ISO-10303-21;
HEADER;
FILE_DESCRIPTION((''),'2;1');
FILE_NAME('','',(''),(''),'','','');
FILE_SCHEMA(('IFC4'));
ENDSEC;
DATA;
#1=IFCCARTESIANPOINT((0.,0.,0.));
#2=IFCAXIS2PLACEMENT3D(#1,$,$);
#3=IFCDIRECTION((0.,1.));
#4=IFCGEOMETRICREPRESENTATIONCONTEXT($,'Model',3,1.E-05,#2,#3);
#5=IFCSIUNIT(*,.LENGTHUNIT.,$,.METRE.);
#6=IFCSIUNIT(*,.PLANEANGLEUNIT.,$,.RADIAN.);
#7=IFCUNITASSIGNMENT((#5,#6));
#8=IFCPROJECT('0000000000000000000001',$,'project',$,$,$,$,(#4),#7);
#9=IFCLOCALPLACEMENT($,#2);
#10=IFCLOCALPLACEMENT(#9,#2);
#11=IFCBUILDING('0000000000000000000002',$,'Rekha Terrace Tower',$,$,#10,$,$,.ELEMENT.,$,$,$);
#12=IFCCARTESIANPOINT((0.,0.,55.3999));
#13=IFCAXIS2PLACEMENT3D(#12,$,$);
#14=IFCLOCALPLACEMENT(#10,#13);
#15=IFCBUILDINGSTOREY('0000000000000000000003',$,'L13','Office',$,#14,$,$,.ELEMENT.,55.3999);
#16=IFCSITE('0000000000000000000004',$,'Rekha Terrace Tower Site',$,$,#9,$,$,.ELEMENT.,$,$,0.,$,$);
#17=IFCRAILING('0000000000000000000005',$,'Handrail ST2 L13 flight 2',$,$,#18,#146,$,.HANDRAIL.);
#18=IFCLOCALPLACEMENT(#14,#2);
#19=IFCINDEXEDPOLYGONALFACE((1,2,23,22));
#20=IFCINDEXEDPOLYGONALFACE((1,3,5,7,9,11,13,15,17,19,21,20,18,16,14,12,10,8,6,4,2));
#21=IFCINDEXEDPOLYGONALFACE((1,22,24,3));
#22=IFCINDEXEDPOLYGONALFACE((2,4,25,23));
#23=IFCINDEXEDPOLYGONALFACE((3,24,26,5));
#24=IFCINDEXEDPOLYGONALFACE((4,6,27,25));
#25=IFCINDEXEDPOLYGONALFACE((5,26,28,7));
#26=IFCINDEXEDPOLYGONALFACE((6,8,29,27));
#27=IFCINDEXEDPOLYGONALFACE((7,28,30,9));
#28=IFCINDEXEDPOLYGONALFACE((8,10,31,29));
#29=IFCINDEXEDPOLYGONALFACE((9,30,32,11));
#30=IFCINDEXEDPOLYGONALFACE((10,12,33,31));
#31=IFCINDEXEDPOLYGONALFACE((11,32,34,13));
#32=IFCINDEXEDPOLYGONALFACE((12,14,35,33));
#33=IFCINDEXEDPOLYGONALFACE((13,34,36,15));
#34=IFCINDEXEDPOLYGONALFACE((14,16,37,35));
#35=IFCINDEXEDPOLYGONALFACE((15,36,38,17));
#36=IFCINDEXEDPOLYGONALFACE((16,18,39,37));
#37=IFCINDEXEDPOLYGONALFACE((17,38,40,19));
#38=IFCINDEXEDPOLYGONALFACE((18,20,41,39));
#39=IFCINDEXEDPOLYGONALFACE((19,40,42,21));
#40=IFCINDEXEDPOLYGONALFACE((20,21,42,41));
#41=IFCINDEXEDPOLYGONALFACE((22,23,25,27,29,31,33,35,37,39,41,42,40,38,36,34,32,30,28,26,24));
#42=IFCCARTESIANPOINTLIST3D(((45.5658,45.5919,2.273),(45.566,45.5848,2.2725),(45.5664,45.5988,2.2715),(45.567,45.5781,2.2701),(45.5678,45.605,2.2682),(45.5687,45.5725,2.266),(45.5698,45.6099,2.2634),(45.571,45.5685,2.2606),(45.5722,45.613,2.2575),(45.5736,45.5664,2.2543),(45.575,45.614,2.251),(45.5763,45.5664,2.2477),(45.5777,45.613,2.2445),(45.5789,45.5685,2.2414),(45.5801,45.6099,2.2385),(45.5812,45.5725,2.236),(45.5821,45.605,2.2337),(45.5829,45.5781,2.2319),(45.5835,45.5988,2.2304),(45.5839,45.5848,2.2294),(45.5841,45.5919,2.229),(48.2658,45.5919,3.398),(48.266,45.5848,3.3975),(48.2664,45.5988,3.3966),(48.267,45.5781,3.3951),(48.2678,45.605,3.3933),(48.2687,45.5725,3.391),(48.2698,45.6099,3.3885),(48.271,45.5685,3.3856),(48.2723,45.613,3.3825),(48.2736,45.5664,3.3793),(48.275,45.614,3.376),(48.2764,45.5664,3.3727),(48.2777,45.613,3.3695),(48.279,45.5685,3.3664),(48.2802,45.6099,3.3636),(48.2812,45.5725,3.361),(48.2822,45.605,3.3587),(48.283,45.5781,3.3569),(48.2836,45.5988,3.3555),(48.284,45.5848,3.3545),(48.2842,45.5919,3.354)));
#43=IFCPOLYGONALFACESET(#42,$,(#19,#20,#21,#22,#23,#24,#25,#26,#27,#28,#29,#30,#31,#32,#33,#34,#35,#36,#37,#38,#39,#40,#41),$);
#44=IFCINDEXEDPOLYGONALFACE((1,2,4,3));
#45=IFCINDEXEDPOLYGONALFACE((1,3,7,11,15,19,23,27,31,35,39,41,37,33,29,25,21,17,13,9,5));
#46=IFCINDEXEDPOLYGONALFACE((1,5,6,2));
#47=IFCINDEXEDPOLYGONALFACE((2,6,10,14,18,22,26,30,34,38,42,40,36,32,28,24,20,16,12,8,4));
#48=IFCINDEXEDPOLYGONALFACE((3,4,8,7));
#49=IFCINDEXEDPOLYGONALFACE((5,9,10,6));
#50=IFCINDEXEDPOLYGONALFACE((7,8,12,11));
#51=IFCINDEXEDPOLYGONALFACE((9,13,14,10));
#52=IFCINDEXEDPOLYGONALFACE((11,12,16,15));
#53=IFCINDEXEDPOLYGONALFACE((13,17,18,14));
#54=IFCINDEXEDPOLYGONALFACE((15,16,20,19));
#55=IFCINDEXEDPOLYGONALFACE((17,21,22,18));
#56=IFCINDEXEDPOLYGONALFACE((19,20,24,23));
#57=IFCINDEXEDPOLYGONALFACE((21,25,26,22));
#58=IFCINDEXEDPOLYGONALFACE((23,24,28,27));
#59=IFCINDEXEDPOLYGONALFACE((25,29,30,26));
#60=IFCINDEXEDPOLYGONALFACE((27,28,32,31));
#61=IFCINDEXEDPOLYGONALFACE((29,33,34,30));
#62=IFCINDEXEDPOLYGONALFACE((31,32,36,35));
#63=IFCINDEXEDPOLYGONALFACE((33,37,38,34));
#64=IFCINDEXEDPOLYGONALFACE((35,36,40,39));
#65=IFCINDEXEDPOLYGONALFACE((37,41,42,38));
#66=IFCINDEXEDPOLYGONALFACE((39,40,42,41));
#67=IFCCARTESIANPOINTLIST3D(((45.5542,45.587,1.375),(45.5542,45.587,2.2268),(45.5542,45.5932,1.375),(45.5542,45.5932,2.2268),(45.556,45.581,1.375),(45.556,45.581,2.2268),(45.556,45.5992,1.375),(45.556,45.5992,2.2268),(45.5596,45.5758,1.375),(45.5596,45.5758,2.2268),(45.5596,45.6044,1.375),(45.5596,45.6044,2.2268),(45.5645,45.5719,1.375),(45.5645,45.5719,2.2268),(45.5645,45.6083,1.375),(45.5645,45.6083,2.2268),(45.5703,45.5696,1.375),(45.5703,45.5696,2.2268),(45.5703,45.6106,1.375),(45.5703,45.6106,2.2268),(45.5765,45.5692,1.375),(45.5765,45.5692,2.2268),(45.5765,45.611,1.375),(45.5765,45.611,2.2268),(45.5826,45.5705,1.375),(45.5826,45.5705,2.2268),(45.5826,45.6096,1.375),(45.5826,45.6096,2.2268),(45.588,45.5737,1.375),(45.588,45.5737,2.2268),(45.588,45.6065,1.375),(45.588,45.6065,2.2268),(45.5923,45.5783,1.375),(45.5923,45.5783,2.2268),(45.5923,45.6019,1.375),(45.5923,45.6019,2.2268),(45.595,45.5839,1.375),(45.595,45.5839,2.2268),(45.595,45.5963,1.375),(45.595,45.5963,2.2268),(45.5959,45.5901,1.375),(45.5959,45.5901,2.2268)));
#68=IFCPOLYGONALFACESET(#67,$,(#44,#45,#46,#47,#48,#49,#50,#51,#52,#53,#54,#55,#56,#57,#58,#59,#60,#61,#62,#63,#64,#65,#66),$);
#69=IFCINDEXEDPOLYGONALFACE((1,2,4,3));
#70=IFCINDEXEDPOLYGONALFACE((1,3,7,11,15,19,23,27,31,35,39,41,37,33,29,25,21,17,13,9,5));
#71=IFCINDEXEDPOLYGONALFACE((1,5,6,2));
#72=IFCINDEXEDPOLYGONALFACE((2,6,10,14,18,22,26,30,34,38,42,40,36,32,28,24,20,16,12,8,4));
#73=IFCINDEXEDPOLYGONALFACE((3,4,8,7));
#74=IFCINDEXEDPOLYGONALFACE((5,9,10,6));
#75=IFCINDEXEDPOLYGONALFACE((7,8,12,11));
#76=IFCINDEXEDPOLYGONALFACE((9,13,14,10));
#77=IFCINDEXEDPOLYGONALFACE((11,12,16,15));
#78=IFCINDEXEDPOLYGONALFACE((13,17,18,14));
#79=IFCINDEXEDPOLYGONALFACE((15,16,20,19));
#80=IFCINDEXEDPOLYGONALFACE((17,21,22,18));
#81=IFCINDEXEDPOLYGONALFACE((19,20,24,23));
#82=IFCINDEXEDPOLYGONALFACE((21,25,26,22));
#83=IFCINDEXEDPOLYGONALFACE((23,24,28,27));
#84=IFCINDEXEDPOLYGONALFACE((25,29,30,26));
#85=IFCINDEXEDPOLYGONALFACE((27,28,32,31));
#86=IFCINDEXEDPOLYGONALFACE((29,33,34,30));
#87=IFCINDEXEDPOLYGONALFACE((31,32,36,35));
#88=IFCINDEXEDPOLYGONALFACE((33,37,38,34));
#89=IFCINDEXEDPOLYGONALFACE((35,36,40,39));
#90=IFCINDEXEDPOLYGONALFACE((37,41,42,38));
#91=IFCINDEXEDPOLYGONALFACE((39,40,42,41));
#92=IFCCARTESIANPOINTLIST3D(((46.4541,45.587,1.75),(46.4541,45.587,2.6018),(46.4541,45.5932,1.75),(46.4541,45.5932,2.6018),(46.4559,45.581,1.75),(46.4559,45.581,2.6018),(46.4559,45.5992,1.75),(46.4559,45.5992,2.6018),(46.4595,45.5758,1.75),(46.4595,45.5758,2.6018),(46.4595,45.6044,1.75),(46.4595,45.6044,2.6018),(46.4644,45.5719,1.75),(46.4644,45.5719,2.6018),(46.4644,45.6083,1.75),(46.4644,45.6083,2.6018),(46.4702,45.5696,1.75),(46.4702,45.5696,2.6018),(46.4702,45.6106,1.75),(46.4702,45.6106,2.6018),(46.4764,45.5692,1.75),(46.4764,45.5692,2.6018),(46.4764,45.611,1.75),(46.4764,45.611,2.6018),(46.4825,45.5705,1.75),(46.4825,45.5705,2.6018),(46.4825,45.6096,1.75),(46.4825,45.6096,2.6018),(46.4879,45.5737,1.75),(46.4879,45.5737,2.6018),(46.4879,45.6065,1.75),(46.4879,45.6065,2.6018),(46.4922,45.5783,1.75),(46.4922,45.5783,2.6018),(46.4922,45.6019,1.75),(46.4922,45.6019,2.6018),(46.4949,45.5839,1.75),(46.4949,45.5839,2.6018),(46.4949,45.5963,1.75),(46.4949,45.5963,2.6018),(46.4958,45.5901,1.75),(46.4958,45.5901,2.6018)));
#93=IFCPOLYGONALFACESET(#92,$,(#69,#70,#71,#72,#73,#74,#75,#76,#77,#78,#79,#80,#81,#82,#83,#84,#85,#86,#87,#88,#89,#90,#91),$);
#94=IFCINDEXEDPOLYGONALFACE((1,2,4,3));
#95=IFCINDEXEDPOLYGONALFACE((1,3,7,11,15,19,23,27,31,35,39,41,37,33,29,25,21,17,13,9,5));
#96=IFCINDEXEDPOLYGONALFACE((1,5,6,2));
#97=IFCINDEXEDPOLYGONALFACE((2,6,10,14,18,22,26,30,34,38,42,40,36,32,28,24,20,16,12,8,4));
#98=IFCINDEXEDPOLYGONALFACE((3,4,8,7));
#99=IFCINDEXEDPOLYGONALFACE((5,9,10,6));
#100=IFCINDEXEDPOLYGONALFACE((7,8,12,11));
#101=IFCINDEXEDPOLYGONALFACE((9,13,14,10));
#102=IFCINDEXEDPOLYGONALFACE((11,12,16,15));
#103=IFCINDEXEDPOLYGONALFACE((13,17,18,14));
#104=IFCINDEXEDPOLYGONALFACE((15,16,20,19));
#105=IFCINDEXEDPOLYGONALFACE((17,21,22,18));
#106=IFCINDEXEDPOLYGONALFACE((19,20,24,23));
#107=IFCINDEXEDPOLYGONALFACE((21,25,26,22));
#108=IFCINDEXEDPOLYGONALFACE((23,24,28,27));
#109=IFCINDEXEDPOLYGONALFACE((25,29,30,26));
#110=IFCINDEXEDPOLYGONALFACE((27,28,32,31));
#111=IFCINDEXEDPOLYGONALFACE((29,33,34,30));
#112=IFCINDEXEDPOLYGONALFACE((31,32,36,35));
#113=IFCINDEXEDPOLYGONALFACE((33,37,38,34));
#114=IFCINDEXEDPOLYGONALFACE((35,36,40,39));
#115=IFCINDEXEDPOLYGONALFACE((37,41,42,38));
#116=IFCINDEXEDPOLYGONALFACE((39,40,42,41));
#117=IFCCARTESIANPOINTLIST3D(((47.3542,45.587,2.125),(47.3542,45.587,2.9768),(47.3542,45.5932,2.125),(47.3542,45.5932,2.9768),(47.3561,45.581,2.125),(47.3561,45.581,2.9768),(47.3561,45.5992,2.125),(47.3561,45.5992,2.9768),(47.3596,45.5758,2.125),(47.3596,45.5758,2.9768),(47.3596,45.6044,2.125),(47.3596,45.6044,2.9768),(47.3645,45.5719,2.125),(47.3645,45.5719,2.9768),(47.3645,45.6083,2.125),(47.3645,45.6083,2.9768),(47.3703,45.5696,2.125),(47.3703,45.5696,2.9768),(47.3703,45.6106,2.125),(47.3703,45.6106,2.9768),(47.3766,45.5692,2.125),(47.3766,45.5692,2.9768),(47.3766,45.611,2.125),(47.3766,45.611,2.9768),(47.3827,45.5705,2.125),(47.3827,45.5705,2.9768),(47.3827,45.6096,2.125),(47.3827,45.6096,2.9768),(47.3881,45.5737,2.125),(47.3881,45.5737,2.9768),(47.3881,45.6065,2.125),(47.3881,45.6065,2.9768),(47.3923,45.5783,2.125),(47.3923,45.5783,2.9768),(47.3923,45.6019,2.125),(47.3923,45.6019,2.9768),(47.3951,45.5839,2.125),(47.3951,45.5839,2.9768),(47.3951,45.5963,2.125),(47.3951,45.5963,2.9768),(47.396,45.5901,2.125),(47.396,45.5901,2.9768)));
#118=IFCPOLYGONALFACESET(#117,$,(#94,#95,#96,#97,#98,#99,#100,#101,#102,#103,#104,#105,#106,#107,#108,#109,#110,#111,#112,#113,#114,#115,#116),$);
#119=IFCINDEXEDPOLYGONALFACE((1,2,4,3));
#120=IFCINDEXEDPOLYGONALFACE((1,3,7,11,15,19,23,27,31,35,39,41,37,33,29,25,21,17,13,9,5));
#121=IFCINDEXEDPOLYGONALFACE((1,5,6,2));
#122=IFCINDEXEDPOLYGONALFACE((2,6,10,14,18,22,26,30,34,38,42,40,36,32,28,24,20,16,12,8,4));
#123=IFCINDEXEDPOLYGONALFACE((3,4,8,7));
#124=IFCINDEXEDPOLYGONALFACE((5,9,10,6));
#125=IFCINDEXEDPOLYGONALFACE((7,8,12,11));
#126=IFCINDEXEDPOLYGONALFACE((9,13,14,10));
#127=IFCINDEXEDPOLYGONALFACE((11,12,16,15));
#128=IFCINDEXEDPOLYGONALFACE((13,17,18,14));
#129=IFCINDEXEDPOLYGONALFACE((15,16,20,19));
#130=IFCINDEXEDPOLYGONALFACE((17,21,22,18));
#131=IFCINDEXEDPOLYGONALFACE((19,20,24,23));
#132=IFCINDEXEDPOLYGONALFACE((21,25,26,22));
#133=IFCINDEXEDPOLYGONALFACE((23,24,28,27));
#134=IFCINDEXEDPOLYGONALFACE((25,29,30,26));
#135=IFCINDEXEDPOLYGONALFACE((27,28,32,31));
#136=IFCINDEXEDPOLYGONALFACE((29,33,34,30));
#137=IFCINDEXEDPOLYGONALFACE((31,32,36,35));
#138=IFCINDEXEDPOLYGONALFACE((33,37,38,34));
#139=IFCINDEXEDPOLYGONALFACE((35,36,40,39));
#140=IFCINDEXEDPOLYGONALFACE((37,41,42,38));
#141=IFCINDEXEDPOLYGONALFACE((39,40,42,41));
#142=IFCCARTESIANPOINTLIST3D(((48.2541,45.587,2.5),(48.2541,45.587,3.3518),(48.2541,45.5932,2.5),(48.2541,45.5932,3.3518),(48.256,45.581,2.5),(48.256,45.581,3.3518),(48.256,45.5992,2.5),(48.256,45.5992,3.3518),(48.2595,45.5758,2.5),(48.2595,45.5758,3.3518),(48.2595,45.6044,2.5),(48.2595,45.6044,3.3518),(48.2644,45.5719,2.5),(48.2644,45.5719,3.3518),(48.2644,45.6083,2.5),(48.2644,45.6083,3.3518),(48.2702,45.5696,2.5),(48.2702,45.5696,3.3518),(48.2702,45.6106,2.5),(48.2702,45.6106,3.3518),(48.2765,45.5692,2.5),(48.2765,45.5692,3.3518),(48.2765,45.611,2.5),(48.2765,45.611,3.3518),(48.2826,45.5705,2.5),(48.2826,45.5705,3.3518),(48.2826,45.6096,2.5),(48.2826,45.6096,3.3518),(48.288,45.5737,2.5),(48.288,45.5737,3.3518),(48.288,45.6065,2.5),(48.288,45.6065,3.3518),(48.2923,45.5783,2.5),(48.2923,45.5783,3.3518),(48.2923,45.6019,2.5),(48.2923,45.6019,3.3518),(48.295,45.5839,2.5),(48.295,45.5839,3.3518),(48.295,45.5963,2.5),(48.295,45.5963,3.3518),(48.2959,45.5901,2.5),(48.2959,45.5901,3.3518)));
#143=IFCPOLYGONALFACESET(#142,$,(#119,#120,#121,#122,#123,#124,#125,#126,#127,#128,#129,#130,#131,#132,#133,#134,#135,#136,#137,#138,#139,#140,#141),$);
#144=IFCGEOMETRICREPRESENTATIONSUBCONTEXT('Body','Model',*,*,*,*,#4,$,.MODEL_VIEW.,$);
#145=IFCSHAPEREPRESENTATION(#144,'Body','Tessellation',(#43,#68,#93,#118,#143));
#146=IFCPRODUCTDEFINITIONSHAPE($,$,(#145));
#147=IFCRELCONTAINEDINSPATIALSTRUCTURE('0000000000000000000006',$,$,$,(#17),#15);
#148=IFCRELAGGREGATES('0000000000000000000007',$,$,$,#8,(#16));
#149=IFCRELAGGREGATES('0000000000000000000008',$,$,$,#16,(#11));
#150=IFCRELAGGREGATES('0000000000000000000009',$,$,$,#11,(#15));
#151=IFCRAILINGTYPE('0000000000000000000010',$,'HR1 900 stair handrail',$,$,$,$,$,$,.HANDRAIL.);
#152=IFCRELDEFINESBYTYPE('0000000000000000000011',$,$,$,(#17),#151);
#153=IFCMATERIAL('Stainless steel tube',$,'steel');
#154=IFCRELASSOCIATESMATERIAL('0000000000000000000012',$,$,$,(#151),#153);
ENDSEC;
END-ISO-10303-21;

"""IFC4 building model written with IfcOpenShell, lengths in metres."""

from ifc_helpers import new_model, si_unit, direction, frame, origin, origin_2d, place, context, subcontext, project, spatial, circle, extrude, material, type_object, element, save


model = new_model("IFC4")

# Units and contexts
model_context = context("Model", 3, precision=1e-05, world=origin(), true_north=direction((0.0, 1.0)))
body_context = subcontext(model_context, "Body", "Model", "MODEL_VIEW")
ifc_project = project(units=[si_unit("LENGTHUNIT", "METRE"), si_unit("PLANEANGLEUNIT", "RADIAN")], contexts=[model_context])

# Site, building, storey
site_placement = place(None, origin())
site = spatial("IfcSite", under=ifc_project, at=site_placement, Name="Rekha Terrace Tower Site", CompositionType="ELEMENT", RefElevation=0.0)
building_placement = place(site_placement, origin())
building = spatial("IfcBuilding", under=site, at=building_placement, Name="Rekha Terrace Tower", CompositionType="ELEMENT")
storey_placement = place(building_placement, frame((0.0, 0.0, 55.3999)))
storey = spatial("IfcBuildingStorey", under=building, at=storey_placement, Name="L13", Description="Office", CompositionType="ELEMENT", Elevation=55.3999)

# Railing
ifc_material_1 = material(Name="Stainless steel tube", Category="steel")
railing_type_1 = type_object("IfcRailingType", Name="HR1 900 stair handrail", PredefinedType="HANDRAIL", material=ifc_material_1)
railing_1_placement = place(storey_placement, frame((45.575, 45.5901, 1.375)))
element("IfcRailing", 1, at=railing_1_placement, inside=storey, type_object=railing_type_1, Name="Handrail ST2 L13 flight 2", PredefinedType="HANDRAIL", context=body_context, shape_type="SweptSolid", body=[
    extrude(circle(Radius=0.0239, at=origin_2d()), frame((0.0, 0.0, 0.876), z_axis=(0.923074, 0.0, 0.384621), x_axis=(0.0, 1.0, 0.0)), (0.0, 0.0, 1.0), 2.925),
    extrude(circle(Radius=0.021, at=origin_2d()), origin(), (0.0, 0.0, 1.0), 0.8518),
    extrude(circle(Radius=0.021, at=origin_2d()), frame((0.8999, 0.0, 0.375)), (0.0, 0.0, 1.0), 0.8518),
    extrude(circle(Radius=0.021, at=origin_2d()), frame((1.8, 0.0, 0.75)), (0.0, 0.0, 1.0), 0.8518),
    extrude(circle(Radius=0.021, at=origin_2d()), frame((2.7, 0.0, 1.125)), (0.0, 0.0, 1.0), 0.8518),
])

save(model, "model.ifc")
